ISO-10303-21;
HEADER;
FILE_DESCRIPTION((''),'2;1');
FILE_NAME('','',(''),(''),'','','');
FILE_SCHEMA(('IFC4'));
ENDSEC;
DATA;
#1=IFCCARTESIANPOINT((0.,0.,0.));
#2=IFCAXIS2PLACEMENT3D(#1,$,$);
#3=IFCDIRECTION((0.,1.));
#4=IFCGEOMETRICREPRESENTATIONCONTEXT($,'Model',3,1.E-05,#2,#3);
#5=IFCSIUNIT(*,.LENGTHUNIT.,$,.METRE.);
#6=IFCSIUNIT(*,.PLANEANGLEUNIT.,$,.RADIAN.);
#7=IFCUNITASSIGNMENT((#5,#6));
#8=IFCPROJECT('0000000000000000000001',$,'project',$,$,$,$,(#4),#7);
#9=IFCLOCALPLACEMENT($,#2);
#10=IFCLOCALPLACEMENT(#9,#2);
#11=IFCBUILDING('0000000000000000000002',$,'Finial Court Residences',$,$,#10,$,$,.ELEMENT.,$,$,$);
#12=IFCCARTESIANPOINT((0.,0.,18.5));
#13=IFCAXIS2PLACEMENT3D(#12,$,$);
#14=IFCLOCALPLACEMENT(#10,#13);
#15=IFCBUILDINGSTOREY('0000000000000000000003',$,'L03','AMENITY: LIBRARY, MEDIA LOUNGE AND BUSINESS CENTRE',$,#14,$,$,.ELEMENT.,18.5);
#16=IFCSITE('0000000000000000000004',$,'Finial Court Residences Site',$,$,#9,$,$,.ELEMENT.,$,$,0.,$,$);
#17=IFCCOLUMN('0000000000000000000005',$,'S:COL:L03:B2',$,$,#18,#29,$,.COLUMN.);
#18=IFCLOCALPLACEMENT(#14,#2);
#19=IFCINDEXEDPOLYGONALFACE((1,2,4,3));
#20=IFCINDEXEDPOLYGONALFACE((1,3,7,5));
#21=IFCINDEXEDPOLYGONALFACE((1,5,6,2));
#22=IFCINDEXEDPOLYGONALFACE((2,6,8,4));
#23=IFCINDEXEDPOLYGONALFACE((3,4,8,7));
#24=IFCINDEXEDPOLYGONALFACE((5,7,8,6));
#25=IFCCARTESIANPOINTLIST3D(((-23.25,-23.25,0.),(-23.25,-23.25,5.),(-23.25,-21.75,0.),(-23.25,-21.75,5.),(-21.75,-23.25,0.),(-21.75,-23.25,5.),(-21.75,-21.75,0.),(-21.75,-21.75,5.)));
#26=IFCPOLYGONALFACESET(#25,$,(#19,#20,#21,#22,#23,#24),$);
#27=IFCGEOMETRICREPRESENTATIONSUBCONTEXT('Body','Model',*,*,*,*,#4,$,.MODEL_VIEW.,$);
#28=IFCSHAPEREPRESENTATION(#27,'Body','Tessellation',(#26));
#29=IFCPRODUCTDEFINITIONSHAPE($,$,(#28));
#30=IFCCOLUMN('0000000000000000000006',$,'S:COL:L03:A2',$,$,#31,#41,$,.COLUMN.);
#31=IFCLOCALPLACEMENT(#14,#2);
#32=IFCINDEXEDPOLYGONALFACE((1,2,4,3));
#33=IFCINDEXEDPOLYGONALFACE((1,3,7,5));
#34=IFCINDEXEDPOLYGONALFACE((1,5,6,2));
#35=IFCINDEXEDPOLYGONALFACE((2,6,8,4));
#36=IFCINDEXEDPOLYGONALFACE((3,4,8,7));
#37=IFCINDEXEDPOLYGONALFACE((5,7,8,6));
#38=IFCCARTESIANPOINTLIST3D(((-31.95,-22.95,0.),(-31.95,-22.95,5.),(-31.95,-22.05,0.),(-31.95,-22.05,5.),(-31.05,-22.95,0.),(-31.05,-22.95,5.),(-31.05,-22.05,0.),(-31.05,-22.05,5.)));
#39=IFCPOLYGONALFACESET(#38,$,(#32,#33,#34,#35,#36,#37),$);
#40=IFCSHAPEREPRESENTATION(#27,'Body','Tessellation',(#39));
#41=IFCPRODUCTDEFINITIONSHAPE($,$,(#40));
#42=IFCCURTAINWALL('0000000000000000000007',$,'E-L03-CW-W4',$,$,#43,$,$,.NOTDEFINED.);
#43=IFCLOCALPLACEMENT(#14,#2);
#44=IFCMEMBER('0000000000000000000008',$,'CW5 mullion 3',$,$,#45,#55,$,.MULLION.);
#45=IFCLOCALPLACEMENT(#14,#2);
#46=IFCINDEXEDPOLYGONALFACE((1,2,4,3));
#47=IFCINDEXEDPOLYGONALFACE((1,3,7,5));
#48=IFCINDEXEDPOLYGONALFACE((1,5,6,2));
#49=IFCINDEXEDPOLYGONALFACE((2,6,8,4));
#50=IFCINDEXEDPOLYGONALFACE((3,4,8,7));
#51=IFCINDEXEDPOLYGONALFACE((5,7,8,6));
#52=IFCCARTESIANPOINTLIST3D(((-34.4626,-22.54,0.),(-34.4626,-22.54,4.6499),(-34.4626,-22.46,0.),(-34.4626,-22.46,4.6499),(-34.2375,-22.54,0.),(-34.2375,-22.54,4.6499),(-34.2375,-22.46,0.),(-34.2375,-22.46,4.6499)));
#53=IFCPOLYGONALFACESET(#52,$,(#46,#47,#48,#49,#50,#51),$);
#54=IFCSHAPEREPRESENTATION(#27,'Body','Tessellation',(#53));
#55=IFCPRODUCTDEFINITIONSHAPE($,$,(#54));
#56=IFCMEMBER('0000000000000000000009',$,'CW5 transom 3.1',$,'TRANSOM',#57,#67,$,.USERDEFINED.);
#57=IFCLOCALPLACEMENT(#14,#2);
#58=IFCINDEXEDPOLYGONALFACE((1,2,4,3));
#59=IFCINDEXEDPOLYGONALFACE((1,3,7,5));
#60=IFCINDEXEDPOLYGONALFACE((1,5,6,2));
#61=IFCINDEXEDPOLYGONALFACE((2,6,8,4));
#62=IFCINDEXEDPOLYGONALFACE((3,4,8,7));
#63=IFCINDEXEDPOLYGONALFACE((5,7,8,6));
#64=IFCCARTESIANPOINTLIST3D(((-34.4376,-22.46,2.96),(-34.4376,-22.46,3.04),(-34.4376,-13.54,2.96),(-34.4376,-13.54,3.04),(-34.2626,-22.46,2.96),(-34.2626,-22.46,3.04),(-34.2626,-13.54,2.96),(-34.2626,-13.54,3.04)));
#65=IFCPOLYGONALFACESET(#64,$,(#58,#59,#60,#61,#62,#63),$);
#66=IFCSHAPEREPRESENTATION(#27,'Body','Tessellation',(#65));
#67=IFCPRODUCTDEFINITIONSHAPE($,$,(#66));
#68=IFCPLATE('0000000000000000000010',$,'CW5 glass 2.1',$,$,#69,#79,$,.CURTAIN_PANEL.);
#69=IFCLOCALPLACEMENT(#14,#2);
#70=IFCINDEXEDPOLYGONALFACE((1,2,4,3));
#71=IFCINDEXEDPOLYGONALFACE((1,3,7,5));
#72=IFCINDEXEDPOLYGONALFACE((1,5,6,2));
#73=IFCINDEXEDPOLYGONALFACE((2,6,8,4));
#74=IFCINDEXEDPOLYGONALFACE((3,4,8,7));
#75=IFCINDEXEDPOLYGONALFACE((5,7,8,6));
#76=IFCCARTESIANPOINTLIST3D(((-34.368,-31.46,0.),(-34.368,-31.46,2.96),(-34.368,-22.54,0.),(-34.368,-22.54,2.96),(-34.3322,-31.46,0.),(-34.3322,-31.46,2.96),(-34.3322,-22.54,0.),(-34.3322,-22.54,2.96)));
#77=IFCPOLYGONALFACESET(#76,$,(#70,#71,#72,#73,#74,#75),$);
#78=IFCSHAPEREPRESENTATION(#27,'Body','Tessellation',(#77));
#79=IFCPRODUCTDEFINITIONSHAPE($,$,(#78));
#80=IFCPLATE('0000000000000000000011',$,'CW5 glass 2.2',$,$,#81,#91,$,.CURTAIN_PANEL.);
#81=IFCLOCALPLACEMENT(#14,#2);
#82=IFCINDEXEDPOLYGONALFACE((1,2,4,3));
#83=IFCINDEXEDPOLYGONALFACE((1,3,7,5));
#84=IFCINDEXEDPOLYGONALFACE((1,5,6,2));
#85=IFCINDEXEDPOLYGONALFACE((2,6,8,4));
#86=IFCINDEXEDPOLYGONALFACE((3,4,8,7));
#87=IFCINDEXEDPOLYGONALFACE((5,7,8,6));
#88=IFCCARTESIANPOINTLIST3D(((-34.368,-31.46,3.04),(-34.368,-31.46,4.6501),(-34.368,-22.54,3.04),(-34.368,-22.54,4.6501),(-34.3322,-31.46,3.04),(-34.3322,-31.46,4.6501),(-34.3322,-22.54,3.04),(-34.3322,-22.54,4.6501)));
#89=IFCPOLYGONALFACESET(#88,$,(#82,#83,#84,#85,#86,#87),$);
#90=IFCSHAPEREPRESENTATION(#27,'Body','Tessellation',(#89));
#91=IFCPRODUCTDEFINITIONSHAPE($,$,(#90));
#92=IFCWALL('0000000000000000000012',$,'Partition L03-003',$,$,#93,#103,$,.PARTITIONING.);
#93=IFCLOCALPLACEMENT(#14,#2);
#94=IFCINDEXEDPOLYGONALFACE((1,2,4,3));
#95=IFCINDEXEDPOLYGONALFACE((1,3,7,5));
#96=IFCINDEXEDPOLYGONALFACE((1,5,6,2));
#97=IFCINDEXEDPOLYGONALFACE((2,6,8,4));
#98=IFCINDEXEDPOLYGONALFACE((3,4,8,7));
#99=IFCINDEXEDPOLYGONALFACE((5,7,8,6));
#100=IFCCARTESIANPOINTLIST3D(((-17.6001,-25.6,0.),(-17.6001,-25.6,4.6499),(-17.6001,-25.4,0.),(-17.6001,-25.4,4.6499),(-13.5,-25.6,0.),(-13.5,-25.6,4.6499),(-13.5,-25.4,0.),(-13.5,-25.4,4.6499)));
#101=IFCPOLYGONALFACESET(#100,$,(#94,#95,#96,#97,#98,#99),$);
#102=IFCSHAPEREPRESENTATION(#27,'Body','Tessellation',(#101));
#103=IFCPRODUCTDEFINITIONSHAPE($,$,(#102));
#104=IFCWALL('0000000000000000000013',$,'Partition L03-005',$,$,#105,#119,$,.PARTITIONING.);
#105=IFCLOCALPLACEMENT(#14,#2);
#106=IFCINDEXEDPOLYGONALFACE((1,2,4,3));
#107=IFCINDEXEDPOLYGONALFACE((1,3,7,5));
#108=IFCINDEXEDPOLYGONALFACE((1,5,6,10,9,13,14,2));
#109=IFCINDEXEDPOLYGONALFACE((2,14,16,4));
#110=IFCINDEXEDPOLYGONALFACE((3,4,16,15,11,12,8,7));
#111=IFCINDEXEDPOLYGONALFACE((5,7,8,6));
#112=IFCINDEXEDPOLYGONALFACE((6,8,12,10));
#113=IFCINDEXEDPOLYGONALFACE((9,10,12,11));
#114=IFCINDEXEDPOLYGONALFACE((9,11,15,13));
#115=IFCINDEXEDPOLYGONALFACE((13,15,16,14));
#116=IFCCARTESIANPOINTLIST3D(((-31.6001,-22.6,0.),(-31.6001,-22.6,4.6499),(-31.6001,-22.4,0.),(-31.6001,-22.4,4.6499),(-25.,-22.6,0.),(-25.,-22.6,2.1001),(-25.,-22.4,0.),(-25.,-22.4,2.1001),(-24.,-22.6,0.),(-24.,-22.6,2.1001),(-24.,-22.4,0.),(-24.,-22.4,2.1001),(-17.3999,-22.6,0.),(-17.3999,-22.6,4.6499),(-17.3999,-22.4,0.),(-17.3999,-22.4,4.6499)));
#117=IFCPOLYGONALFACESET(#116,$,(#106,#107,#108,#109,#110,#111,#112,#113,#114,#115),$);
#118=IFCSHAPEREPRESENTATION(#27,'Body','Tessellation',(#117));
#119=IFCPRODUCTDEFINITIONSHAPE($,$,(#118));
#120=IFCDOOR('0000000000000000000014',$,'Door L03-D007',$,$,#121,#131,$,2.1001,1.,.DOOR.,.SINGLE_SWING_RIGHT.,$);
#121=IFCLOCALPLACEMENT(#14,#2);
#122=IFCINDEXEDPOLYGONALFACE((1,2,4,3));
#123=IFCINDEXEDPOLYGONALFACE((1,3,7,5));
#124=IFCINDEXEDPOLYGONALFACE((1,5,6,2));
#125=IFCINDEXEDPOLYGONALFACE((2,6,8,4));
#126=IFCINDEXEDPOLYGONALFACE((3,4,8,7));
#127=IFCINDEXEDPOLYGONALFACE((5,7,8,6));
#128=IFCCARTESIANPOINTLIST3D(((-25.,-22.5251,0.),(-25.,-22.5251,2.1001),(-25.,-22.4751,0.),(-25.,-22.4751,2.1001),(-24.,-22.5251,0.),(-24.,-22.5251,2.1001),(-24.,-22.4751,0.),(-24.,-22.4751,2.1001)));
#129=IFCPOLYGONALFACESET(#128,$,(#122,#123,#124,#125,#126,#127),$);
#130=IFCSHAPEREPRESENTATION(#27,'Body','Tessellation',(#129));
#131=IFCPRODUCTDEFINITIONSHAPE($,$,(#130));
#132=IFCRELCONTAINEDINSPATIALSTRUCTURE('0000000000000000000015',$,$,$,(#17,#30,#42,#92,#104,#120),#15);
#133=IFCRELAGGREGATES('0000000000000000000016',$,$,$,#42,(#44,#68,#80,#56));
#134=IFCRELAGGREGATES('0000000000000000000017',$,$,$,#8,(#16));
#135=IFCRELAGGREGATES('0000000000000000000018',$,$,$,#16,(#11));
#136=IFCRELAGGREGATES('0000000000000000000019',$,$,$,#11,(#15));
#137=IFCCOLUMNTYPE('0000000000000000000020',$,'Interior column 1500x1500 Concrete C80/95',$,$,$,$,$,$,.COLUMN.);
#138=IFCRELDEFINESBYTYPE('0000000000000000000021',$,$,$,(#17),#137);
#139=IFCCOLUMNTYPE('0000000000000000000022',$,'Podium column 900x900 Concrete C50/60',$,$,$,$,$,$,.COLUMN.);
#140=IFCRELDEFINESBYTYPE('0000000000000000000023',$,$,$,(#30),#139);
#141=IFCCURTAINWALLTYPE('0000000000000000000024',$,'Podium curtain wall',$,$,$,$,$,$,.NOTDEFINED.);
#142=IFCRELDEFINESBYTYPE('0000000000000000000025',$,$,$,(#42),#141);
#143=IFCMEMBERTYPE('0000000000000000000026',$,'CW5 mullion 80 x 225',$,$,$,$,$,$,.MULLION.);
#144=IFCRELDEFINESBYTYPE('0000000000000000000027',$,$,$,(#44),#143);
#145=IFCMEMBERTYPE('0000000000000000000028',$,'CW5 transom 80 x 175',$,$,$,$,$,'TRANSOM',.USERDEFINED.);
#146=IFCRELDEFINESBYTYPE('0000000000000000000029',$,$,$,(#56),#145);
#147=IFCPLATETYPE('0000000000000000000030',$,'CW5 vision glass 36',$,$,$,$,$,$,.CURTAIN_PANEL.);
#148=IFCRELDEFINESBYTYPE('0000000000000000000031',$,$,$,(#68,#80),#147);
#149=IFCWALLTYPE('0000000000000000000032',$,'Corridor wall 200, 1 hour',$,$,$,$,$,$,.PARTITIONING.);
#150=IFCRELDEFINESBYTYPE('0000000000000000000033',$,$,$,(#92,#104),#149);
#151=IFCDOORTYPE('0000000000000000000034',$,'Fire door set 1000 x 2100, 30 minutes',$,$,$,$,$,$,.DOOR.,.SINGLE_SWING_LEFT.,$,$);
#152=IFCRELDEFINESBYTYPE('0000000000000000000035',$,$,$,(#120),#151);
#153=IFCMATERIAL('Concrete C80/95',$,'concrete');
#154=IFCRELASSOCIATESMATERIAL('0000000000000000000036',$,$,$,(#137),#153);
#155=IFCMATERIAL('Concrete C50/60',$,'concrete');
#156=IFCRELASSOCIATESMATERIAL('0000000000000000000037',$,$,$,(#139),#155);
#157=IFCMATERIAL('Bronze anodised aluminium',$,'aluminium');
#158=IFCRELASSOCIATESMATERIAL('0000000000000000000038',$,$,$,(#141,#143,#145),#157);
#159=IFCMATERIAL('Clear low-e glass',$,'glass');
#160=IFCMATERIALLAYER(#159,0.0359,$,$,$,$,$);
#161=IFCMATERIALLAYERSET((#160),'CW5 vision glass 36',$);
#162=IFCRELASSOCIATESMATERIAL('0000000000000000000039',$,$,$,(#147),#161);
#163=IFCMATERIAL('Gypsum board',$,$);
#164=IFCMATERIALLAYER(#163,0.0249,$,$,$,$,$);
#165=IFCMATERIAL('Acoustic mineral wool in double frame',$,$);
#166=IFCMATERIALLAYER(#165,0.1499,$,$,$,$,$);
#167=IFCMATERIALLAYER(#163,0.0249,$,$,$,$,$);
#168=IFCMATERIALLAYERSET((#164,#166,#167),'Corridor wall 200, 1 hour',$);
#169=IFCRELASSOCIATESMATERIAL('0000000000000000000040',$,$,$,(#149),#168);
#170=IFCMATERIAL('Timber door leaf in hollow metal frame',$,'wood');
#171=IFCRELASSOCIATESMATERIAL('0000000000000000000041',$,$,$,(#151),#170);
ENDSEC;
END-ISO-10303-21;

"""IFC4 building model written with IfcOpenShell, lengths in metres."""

from ifc_helpers import new_model, si_unit, direction, frame, frame_2d, origin, origin_2d, place, context, subcontext, project, spatial, rectangle, extrude, material, layer, layer_set, material_profile, profile_set, type_object, element, fill, aggregate, save


model = new_model("IFC4")

# Units and contexts
model_context = context("Model", 3, precision=1e-05, world=origin(), true_north=direction((0.0, 1.0)))
body_context = subcontext(model_context, "Body", "Model", "MODEL_VIEW")
ifc_project = project(units=[si_unit("LENGTHUNIT", "METRE"), si_unit("PLANEANGLEUNIT", "RADIAN")], contexts=[model_context])

# Site, building, storey
site_placement = place(None, origin())
site = spatial("IfcSite", under=ifc_project, at=site_placement, Name="Finial Court Residences Site", CompositionType="ELEMENT", RefElevation=0.0)
building_placement = place(site_placement, origin())
building = spatial("IfcBuilding", under=site, at=building_placement, Name="Finial Court Residences", CompositionType="ELEMENT")
storey_placement = place(building_placement, frame((0.0, 0.0, 18.5)))
storey = spatial("IfcBuildingStorey", under=building, at=storey_placement, Name="L03", Description="AMENITY: LIBRARY, MEDIA LOUNGE AND BUSINESS CENTRE", CompositionType="ELEMENT", Elevation=18.5)

# Columns
ifc_material_1 = material(Name="Concrete C80/95", Category="concrete")
ifc_material_profile_1 = material_profile(ifc_material_1, rectangle(XDim=1.5, YDim=1.5, at=origin_2d()), Name="1500x1500")
ifc_profile_set_1 = profile_set([ifc_material_profile_1], Name="Concrete C80/95")
column_type_1 = type_object("IfcColumnType", Name="Interior column 1500x1500 Concrete C80/95", PredefinedType="COLUMN", material=ifc_profile_set_1)
column_1_placement = place(storey_placement, frame((-22.5, -22.5, 0.0), z_axis=(0.0, 0.0, 1.0), x_axis=(1.0, 0.0, 0.0)))
element("IfcColumn", 1, at=column_1_placement, inside=storey, type_object=column_type_1, Name="S:COL:L03:B2", PredefinedType="COLUMN", context=body_context, shape_type="SweptSolid", body=[
    extrude(rectangle(XDim=1.5, YDim=1.5, at=origin_2d()), origin(), (0.0, 0.0, 1.0), 5.0),
])
ifc_material_2 = material(Name="Concrete C50/60", Category="concrete")
ifc_material_profile_2 = material_profile(ifc_material_2, rectangle(XDim=0.8999, YDim=0.8999, at=origin_2d()), Name="900x900")
ifc_profile_set_2 = profile_set([ifc_material_profile_2], Name="Concrete C50/60")
column_type_2 = type_object("IfcColumnType", Name="Podium column 900x900 Concrete C50/60", PredefinedType="COLUMN", material=ifc_profile_set_2)
column_2_placement = place(storey_placement, frame((-31.5, -22.5, 0.0), z_axis=(0.0, 0.0, 1.0), x_axis=(1.0, 0.0, 0.0)))
element("IfcColumn", 2, at=column_2_placement, inside=storey, type_object=column_type_2, Name="S:COL:L03:A2", PredefinedType="COLUMN", context=body_context, shape_type="SweptSolid", body=[
    extrude(rectangle(XDim=0.8999, YDim=0.8999, at=origin_2d()), origin(), (0.0, 0.0, 1.0), 5.0),
])

# Curtain wall, members, plates
ifc_material_3 = material(Name="Bronze anodised aluminium", Category="aluminium")
curtain_wall_type = type_object("IfcCurtainWallType", Name="Podium curtain wall", PredefinedType="NOTDEFINED", material=ifc_material_3)
curtain_wall_placement = place(storey_placement, origin())
curtain_wall = element("IfcCurtainWall", 3, at=curtain_wall_placement, inside=storey, type_object=curtain_wall_type, Name="E-L03-CW-W4", PredefinedType="NOTDEFINED")
ifc_material_profile_3 = material_profile(ifc_material_3, rectangle(XDim=0.2251, YDim=0.0801, at=origin_2d()), Name="CW5 mullion 80 x 225")
ifc_profile_set_3 = profile_set([ifc_material_profile_3], Name="Bronze anodised aluminium")
member_type_1 = type_object("IfcMemberType", Name="CW5 mullion 80 x 225", PredefinedType="MULLION", material=ifc_profile_set_3)
member_1_placement = place(storey_placement, frame((-34.3501, -22.5, 0.0), z_axis=(0.0, 0.0, 1.0), x_axis=(-1.0, 0.0, 0.0)))
member_1 = element("IfcMember", 4, at=member_1_placement, type_object=member_type_1, Name="CW5 mullion 3", PredefinedType="MULLION", context=body_context, shape_type="SweptSolid", body=[
    extrude(rectangle(XDim=0.2251, YDim=0.0801, at=origin_2d()), origin(), (0.0, 0.0, 1.0), 4.6499),
])
ifc_material_profile_4 = material_profile(ifc_material_3, rectangle(XDim=0.175, YDim=0.0801, at=origin_2d()), Name="CW5 transom 80 x 175")
ifc_profile_set_4 = profile_set([ifc_material_profile_4], Name="Bronze anodised aluminium")
member_type_2 = type_object("IfcMemberType", Name="CW5 transom 80 x 175", ElementType="TRANSOM", PredefinedType="USERDEFINED", material=ifc_profile_set_4)
member_2_placement = place(storey_placement, frame((-34.3501, -22.46, 3.0), z_axis=(0.0, 1.0, 0.0), x_axis=(-1.0, 0.0, 0.0)))
member_2 = element("IfcMember", 5, at=member_2_placement, type_object=member_type_2, Name="CW5 transom 3.1", ObjectType="TRANSOM", PredefinedType="USERDEFINED", context=body_context, shape_type="SweptSolid", body=[
    extrude(rectangle(XDim=0.175, YDim=0.0801, at=origin_2d()), origin(), (0.0, 0.0, 1.0), 8.9199),
])
ifc_material_4 = material(Name="Clear low-e glass", Category="glass")
ifc_layer_1 = layer(ifc_material_4, 0.0359)
ifc_layer_set_1 = layer_set([ifc_layer_1], Name="CW5 vision glass 36")
plate_type = type_object("IfcPlateType", Name="CW5 vision glass 36", PredefinedType="CURTAIN_PANEL", material=ifc_layer_set_1)
plate_1_placement = place(storey_placement, frame((-34.3501, -27.0, 0.0), z_axis=(0.0, 0.0, 1.0), x_axis=(0.0, 1.0, 0.0)))
plate_1 = element("IfcPlate", 6, at=plate_1_placement, type_object=plate_type, Name="CW5 glass 2.1", PredefinedType="CURTAIN_PANEL", context=body_context, shape_type="SweptSolid", body=[
    extrude(rectangle(XDim=8.9199, YDim=0.0359, at=origin_2d()), origin(), (0.0, 0.0, 1.0), 2.96),
])
plate_2_placement = place(storey_placement, frame((-34.3501, -27.0, 3.04), z_axis=(0.0, 0.0, 1.0), x_axis=(0.0, 1.0, 0.0)))
plate_2 = element("IfcPlate", 7, at=plate_2_placement, type_object=plate_type, Name="CW5 glass 2.2", PredefinedType="CURTAIN_PANEL", context=body_context, shape_type="SweptSolid", body=[
    extrude(rectangle(XDim=8.9199, YDim=0.0359, at=origin_2d()), origin(), (0.0, 0.0, 1.0), 1.6101),
])
aggregate(curtain_wall, [member_1, plate_1, plate_2, member_2])

# Wall
ifc_material_5 = material(Name="Gypsum board")
ifc_layer_2 = layer(ifc_material_5, 0.0249)
ifc_material_6 = material(Name="Acoustic mineral wool in double frame")
ifc_layer_3 = layer(ifc_material_6, 0.1499)
ifc_layer_4 = layer(ifc_material_5, 0.0249)
ifc_layer_set_2 = layer_set([ifc_layer_2, ifc_layer_3, ifc_layer_4], Name="Corridor wall 200, 1 hour")
wall_type_1 = type_object("IfcWallType", Name="Corridor wall 200, 1 hour", PredefinedType="PARTITIONING", material=ifc_layer_set_2)
wall_1_placement = place(storey_placement, frame((-17.6001, -25.5, 0.0), z_axis=(0.0, 0.0, 1.0), x_axis=(1.0, 0.0, 0.0)))
element("IfcWall", 8, at=wall_1_placement, inside=storey, type_object=wall_type_1, Name="Partition L03-003", PredefinedType="PARTITIONING", context=body_context, shape_type="SweptSolid", body=[
    extrude(rectangle(XDim=4.1001, YDim=0.2, at=frame_2d((2.05, 0.0))), origin(), (0.0, 0.0, 1.0), 4.6499),
])

# Wall, opening, door
wall_2_placement = place(storey_placement, frame((-31.6001, -22.5, 0.0), z_axis=(0.0, 0.0, 1.0), x_axis=(1.0, 0.0, 0.0)))
wall_2 = element("IfcWall", 9, at=wall_2_placement, inside=storey, type_object=wall_type_1, Name="Partition L03-005", PredefinedType="PARTITIONING", context=body_context, shape_type="SweptSolid", body=[
    extrude(rectangle(XDim=14.2002, YDim=0.2, at=frame_2d((7.1001, 0.0))), origin(), (0.0, 0.0, 1.0), 4.6499),
])
opening_1_placement = place(wall_2_placement, frame((6.6001, 0.0, 0.0)))
opening_1 = element("IfcOpeningElement", 10, at=opening_1_placement, cuts=wall_2, PredefinedType="OPENING", context=body_context, shape_type="SweptSolid", body=[
    extrude(rectangle(XDim=1.0, YDim=2.1001, at=frame_2d((0.5, 1.05))), frame((0.0, 0.1099, 0.0), z_axis=(0.0, -1.0, 0.0), x_axis=(1.0, 0.0, 0.0)), (0.0, 0.0, 1.0), 0.22),
])
ifc_material_7 = material(Name="Timber door leaf in hollow metal frame", Category="wood")
door_type = type_object("IfcDoorType", Name="Fire door set 1000 x 2100, 30 minutes", OperationType="SINGLE_SWING_LEFT", PredefinedType="DOOR", material=ifc_material_7)
door_1_placement = place(opening_1_placement, origin())
door_1 = element("IfcDoor", 11, at=door_1_placement, inside=storey, type_object=door_type, Name="Door L03-D007", OperationType="SINGLE_SWING_RIGHT", OverallHeight=2.1001, OverallWidth=1.0, PredefinedType="DOOR", context=body_context, shape_type="SweptSolid", body=[
    extrude(rectangle(XDim=1.0, YDim=2.1001, at=frame_2d((0.5, 1.05))), frame((0.0, 0.0249, 0.0), z_axis=(0.0, -1.0, 0.0), x_axis=(1.0, 0.0, 0.0)), (0.0, 0.0, 1.0), 0.05),
])
fill(opening_1, door_1)

save(model, "model.ifc")
